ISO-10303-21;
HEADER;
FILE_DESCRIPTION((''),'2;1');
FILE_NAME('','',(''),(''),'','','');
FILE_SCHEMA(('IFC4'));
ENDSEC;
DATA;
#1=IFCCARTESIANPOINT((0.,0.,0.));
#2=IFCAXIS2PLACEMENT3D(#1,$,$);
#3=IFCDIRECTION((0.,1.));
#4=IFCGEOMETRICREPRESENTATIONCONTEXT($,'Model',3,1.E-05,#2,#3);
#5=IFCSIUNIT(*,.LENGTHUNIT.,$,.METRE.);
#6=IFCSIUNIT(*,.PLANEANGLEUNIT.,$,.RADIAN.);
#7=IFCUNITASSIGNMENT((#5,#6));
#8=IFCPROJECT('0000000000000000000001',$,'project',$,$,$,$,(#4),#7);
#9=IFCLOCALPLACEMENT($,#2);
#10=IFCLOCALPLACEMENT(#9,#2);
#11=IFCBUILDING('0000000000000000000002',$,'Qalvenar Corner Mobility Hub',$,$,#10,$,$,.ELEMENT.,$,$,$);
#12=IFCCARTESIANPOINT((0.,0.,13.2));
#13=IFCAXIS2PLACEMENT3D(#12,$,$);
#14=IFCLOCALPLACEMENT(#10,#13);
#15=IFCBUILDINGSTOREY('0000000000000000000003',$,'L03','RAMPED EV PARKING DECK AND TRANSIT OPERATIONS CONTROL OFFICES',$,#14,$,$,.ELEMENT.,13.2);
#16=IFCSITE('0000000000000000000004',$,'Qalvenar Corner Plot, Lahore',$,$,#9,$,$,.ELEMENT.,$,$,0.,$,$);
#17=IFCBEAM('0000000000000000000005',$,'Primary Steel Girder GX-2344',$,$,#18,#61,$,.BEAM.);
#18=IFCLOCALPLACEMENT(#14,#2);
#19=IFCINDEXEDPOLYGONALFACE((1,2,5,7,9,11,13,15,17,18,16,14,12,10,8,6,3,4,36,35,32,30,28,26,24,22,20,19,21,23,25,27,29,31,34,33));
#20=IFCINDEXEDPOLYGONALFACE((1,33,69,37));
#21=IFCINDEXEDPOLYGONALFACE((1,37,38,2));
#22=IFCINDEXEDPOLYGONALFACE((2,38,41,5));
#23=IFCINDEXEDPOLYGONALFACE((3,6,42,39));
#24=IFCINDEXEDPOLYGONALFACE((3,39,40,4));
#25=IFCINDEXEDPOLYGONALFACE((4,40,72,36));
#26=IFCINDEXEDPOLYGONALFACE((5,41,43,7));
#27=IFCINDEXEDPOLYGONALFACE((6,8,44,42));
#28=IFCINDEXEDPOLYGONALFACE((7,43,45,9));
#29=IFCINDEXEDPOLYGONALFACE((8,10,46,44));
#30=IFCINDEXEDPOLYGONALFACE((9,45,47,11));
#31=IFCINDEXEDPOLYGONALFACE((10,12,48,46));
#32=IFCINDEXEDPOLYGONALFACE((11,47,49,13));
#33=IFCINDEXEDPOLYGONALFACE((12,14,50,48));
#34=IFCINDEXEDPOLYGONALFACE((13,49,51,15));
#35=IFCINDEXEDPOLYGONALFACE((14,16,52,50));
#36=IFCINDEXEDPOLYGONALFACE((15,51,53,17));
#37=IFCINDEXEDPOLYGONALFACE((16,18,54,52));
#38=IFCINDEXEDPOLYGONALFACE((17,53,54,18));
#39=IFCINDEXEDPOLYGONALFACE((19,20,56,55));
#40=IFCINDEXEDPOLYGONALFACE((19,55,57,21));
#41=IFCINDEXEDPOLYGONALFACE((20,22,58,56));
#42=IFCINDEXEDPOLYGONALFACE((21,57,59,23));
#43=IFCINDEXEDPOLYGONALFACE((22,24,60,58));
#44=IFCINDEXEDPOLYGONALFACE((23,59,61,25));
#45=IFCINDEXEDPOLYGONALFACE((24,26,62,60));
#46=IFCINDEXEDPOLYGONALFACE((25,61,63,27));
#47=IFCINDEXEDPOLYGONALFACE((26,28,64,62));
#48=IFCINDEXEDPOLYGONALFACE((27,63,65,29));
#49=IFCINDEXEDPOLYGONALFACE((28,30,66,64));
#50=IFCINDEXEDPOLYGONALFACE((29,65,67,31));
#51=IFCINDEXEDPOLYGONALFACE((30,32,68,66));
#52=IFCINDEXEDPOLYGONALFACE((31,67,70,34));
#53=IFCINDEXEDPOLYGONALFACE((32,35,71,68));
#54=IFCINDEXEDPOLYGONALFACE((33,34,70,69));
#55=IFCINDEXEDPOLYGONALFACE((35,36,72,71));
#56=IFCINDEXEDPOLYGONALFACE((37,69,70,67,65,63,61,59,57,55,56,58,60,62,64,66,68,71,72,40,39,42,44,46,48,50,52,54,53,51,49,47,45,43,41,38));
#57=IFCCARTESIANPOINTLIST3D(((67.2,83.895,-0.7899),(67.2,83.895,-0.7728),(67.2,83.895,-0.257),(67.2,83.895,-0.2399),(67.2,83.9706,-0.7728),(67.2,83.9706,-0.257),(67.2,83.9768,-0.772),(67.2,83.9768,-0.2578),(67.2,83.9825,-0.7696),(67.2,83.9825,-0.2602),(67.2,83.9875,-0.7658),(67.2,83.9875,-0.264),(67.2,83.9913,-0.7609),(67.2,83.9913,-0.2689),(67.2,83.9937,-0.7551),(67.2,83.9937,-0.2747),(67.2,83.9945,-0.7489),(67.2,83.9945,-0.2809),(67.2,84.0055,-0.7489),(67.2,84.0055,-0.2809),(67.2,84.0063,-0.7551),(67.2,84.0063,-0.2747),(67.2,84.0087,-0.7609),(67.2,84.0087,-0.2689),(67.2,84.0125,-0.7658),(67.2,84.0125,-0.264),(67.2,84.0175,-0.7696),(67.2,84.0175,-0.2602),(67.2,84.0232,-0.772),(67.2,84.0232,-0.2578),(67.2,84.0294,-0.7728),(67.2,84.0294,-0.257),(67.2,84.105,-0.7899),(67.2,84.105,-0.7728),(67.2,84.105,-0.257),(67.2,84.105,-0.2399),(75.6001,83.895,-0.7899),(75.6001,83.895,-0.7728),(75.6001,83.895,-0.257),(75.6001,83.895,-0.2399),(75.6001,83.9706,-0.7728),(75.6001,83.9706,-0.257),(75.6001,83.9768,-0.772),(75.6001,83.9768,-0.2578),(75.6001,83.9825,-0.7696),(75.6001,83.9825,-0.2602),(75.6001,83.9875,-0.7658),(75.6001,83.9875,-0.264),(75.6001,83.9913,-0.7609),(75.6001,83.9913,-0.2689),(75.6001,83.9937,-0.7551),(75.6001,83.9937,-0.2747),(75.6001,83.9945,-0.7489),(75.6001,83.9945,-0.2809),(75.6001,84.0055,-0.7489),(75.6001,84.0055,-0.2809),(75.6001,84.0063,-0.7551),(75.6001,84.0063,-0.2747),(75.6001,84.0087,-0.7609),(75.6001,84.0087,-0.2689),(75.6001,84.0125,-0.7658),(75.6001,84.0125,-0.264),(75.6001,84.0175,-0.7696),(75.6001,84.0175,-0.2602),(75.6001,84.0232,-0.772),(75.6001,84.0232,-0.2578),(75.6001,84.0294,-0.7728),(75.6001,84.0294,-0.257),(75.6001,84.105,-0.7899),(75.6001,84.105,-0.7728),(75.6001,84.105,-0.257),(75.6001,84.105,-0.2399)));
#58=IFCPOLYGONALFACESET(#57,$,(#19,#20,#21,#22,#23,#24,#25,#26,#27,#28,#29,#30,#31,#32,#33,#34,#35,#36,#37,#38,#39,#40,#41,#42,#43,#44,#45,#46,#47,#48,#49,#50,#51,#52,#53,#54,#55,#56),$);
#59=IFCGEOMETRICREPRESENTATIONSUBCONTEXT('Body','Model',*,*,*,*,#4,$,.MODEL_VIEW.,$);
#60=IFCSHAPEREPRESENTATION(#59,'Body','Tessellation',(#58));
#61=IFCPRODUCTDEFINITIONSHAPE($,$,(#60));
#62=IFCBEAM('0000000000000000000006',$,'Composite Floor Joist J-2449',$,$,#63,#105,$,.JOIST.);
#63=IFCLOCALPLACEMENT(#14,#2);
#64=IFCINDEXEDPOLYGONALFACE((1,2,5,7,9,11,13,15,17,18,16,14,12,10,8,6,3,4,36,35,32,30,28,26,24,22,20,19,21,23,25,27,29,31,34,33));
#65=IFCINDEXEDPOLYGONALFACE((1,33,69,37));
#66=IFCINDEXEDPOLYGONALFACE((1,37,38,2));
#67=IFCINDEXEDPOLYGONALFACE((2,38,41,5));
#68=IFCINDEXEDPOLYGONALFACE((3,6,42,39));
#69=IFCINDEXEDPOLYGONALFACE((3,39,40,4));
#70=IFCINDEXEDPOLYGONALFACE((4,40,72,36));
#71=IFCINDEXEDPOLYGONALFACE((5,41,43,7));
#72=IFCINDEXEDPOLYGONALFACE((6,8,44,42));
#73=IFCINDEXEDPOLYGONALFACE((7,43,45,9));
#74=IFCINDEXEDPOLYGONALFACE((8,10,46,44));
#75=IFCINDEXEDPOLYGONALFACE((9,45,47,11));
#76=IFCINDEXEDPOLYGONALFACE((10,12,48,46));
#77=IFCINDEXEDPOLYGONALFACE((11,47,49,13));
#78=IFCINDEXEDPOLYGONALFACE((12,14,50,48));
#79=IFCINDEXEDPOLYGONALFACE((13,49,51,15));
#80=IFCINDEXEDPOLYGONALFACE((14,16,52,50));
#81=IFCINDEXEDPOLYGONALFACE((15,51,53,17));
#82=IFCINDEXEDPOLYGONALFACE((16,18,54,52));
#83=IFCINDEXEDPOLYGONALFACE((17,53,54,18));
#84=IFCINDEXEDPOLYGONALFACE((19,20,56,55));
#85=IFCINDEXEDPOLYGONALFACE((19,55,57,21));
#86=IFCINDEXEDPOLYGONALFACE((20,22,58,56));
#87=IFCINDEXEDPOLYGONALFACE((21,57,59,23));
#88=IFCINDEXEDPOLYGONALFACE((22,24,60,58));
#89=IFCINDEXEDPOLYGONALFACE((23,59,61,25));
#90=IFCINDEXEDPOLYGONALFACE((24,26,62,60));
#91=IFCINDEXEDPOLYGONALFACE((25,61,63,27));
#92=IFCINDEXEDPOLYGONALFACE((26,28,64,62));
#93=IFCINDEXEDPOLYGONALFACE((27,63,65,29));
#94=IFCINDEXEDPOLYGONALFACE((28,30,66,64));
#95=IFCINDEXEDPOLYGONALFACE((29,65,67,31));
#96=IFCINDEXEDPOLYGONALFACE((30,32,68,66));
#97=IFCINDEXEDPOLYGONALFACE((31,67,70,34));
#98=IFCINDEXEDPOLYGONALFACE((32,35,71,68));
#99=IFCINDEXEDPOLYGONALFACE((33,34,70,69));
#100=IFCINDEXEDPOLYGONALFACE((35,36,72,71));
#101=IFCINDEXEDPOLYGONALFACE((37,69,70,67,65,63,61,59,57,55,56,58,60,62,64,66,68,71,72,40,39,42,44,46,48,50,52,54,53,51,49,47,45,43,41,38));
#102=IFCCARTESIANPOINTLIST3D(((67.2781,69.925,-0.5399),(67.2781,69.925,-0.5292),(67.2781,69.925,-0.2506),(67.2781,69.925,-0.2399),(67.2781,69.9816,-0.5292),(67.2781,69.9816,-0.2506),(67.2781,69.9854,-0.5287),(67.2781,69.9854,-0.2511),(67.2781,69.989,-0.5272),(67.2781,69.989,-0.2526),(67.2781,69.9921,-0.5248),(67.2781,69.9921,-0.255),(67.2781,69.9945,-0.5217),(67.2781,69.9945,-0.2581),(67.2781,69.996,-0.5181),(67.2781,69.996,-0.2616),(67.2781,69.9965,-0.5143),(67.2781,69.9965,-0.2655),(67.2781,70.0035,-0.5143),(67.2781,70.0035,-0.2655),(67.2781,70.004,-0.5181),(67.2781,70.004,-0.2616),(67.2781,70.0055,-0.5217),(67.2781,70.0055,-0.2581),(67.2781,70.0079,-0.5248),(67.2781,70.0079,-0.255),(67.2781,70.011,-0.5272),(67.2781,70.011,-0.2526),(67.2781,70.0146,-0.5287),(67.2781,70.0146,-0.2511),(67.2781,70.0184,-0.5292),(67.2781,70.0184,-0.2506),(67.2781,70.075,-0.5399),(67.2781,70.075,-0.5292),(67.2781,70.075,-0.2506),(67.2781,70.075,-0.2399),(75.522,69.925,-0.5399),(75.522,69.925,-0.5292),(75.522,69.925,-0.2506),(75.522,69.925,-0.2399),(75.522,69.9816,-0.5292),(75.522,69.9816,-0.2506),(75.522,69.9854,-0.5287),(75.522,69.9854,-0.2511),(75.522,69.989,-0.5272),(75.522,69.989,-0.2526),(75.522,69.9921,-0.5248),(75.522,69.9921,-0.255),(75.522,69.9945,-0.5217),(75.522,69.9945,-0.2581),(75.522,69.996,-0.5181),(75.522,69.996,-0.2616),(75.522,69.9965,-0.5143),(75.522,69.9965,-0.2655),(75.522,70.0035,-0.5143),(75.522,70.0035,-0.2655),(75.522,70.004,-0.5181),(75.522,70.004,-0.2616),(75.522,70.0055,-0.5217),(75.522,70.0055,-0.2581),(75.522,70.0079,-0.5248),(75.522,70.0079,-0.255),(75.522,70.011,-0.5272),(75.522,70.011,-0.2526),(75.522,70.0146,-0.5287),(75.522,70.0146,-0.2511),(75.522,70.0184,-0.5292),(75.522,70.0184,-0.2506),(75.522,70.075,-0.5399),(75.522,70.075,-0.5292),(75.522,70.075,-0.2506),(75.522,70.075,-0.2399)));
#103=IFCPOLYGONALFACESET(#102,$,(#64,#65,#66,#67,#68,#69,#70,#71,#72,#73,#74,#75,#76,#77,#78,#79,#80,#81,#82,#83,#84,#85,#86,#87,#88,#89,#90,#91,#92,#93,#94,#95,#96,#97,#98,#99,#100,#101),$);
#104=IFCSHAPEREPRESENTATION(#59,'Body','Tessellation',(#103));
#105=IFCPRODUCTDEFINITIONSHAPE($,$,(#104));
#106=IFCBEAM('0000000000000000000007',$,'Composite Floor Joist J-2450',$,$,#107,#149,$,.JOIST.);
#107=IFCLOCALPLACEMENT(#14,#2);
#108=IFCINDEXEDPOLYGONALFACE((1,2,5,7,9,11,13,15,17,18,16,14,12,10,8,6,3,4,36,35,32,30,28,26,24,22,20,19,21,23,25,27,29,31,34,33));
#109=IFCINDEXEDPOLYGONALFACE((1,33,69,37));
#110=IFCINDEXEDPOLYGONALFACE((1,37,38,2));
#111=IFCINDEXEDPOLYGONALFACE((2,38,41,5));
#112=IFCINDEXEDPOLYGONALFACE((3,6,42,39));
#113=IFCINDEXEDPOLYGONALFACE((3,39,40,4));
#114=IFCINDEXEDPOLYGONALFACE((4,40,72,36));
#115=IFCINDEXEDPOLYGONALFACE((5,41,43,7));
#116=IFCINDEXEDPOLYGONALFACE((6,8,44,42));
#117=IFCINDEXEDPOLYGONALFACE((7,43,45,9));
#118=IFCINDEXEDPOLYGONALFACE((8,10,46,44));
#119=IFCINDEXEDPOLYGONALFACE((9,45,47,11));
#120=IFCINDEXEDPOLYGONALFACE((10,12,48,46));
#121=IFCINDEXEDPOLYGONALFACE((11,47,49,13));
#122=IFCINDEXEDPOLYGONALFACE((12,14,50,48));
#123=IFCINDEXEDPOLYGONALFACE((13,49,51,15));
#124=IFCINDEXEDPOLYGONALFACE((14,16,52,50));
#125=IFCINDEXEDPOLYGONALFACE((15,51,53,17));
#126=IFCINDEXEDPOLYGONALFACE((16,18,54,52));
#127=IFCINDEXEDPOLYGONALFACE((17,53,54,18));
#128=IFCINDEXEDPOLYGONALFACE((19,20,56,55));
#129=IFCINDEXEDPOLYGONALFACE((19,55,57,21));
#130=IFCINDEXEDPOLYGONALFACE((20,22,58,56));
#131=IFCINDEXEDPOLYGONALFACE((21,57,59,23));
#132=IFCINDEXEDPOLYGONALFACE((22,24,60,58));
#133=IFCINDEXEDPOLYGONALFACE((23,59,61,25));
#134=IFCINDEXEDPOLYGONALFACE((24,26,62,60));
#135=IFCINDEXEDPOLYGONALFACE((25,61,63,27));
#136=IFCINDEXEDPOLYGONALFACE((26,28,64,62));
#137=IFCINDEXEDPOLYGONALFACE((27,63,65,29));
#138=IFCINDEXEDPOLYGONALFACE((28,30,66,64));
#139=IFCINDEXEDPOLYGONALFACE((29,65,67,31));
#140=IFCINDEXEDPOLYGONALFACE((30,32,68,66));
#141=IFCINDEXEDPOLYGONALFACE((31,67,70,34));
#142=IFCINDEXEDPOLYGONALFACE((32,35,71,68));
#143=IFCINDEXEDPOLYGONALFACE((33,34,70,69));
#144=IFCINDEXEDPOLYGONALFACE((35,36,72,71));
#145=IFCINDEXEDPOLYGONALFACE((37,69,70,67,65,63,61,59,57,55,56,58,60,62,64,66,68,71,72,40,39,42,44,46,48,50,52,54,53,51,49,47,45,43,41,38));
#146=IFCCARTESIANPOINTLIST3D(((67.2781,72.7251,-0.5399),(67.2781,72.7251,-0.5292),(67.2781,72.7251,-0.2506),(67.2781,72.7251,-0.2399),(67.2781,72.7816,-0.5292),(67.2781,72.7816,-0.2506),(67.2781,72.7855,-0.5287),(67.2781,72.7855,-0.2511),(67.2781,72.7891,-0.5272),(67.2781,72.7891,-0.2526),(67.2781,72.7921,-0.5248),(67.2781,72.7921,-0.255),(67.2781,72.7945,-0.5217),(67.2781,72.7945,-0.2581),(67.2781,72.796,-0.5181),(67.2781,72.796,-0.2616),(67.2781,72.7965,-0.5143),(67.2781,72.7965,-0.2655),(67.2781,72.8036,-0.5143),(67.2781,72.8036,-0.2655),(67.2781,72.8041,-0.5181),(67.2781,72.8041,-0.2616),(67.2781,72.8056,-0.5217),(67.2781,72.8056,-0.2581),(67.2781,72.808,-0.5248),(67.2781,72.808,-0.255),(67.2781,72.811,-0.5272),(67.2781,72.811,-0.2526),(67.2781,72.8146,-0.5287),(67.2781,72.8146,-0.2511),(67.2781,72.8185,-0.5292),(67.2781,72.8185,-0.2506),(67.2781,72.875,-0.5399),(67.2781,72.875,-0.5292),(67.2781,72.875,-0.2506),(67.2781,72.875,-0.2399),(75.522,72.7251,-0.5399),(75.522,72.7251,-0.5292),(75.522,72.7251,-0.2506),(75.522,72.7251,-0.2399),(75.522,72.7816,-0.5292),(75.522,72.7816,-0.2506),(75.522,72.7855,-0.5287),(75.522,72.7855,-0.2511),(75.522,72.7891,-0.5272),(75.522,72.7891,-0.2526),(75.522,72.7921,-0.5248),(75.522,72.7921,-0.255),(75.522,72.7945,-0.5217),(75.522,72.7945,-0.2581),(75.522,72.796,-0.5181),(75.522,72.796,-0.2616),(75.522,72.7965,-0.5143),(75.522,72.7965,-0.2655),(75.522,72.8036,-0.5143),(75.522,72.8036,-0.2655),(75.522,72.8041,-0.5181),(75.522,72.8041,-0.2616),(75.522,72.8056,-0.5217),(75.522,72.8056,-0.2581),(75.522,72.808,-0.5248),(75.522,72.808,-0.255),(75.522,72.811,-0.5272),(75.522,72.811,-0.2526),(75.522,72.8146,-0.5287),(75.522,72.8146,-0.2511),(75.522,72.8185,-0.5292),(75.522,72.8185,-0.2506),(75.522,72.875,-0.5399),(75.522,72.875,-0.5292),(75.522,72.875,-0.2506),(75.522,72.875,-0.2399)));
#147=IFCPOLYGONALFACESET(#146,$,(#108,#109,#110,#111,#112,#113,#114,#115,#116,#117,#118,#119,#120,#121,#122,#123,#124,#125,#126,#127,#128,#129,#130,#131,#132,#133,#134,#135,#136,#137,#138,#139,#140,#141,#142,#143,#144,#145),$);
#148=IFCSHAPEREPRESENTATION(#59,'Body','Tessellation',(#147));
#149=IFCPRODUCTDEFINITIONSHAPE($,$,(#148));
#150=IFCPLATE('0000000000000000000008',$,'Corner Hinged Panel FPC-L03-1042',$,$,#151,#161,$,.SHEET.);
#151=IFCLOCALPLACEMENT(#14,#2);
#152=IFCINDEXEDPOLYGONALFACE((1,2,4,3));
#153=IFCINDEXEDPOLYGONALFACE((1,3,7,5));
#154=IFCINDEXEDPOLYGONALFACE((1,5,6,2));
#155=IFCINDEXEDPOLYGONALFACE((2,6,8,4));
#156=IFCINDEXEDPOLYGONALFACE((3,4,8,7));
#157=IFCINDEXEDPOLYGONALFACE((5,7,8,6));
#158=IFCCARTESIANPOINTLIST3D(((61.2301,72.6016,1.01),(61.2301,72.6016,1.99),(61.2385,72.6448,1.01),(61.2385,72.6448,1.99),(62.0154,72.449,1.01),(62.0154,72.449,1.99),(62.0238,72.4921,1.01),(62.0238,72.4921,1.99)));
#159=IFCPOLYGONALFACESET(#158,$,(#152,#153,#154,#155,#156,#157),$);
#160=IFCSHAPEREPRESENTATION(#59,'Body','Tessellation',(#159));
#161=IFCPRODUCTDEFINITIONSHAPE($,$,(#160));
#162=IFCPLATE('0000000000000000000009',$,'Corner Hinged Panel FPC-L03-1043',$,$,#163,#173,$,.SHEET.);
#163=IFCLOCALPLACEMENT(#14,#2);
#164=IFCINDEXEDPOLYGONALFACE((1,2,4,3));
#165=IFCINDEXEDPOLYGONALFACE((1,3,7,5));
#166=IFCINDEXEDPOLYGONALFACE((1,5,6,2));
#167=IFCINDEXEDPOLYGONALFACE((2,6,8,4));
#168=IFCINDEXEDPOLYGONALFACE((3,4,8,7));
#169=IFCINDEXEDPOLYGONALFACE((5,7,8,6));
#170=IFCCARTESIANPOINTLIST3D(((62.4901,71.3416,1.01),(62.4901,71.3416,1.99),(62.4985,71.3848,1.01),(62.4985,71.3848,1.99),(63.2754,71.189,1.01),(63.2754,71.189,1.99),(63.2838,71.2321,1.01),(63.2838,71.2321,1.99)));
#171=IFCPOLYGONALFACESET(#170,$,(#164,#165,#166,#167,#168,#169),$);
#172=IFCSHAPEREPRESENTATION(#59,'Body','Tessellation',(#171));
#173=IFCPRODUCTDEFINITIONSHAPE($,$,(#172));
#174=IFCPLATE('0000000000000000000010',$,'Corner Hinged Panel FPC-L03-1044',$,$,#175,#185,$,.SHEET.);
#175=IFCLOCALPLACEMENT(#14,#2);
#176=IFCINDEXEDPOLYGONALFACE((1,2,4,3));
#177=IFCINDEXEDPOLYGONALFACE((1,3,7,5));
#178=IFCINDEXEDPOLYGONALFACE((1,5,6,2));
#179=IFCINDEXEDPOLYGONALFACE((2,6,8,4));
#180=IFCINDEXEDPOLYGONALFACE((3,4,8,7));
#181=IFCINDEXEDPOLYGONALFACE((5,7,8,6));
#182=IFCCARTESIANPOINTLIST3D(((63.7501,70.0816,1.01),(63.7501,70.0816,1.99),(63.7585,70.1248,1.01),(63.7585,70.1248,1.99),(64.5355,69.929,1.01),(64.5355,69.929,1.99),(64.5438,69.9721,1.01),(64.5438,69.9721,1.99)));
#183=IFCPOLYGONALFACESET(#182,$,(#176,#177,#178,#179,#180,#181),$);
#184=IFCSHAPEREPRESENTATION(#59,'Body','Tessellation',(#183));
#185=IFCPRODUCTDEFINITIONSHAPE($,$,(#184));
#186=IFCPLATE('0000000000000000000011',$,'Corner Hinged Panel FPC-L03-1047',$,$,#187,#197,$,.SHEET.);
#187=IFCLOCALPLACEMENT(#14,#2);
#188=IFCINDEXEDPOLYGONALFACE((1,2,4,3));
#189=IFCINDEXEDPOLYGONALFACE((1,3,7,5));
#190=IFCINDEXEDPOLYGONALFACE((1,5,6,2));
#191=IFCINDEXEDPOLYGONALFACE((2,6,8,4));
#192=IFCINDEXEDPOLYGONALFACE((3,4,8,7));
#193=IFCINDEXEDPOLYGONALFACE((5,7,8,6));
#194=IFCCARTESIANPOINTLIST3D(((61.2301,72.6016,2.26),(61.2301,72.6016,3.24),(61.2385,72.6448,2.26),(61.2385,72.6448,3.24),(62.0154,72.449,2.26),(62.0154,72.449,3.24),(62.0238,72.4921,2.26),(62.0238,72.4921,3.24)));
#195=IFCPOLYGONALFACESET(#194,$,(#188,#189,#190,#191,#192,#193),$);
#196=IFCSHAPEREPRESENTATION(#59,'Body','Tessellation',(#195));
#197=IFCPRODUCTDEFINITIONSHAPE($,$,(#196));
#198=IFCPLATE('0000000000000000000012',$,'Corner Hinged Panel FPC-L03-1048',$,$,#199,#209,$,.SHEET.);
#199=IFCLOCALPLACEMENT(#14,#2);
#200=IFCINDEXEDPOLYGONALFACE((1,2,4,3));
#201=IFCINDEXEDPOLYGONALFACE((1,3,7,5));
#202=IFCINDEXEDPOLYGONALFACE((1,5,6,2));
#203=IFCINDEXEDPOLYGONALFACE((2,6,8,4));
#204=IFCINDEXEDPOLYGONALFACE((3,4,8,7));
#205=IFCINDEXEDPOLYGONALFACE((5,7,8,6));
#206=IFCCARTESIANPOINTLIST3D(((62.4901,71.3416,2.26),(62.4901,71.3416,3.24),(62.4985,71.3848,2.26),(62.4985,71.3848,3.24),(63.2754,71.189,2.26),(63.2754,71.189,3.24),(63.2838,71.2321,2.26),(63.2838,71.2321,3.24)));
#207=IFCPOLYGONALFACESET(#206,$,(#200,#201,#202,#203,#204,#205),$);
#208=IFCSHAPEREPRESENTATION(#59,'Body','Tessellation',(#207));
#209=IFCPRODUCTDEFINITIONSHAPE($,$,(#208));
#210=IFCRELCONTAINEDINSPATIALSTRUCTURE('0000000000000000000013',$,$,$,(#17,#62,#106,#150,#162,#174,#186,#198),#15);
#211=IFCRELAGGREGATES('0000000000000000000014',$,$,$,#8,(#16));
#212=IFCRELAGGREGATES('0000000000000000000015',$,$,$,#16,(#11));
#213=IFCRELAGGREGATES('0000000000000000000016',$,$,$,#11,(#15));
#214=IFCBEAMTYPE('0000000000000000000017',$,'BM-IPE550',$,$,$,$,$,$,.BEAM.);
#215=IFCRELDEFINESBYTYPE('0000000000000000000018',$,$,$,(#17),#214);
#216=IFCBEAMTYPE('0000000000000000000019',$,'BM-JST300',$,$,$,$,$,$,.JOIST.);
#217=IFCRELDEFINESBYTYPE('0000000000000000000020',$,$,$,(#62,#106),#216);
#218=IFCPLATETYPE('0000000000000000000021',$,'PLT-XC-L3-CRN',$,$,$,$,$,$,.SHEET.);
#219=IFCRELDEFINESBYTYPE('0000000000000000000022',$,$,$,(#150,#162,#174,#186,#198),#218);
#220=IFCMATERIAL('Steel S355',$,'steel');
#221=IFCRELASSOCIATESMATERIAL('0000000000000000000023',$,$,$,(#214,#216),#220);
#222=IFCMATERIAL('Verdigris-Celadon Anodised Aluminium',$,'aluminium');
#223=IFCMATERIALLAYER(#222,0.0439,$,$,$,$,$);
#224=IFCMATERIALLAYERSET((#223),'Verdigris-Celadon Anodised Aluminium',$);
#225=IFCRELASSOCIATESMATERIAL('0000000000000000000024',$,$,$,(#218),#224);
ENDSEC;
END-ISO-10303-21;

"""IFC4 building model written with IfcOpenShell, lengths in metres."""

from ifc_helpers import new_model, si_unit, direction, frame, origin, origin_2d, place, context, subcontext, project, spatial, rectangle, i_section, extrude, material, layer, layer_set, material_profile, profile_set, type_object, element, save


model = new_model("IFC4")

# Units and contexts
model_context = context("Model", 3, precision=1e-05, world=origin(), true_north=direction((0.0, 1.0)))
body_context = subcontext(model_context, "Body", "Model", "MODEL_VIEW")
ifc_project = project(units=[si_unit("LENGTHUNIT", "METRE"), si_unit("PLANEANGLEUNIT", "RADIAN")], contexts=[model_context])

# Site, building, storey
site_placement = place(None, origin())
site = spatial("IfcSite", under=ifc_project, at=site_placement, Name="Qalvenar Corner Plot, Lahore", CompositionType="ELEMENT", RefElevation=0.0)
building_placement = place(site_placement, origin())
building = spatial("IfcBuilding", under=site, at=building_placement, Name="Qalvenar Corner Mobility Hub", CompositionType="ELEMENT")
storey_placement = place(building_placement, frame((0.0, 0.0, 13.2)))
storey = spatial("IfcBuildingStorey", under=building, at=storey_placement, Name="L03", Description="RAMPED EV PARKING DECK AND TRANSIT OPERATIONS CONTROL OFFICES", CompositionType="ELEMENT", Elevation=13.2)

# Shared definitions
ifc_material_1 = material(Name="Steel S355", Category="steel")

# Beams
ifc_material_profile_1 = material_profile(ifc_material_1, i_section(OverallWidth=0.21, OverallDepth=0.55, WebThickness=0.011, FlangeThickness=0.0171, FilletRadius=0.0239, at=origin_2d()), Name="IPE550")
ifc_profile_set_1 = profile_set([ifc_material_profile_1], Name="Steel S355")
beam_type_1 = type_object("IfcBeamType", Name="BM-IPE550", PredefinedType="BEAM", material=ifc_profile_set_1)
for number, where, z_axis, x_axis, name in (
    (1, (67.2, 84.0, -0.5149), (1.0, 0.0, 0.0), (0.0, 1.0, 0.0), "Primary Steel Girder GX-2344"),
):
    element("IfcBeam", number, at=place(storey_placement, frame(where, z_axis=z_axis, x_axis=x_axis)), inside=storey, type_object=beam_type_1, Name=name, PredefinedType="BEAM", context=body_context, shape_type="SweptSolid", body=[
        extrude(i_section(OverallWidth=0.21, OverallDepth=0.55, WebThickness=0.011, FlangeThickness=0.0171, FilletRadius=0.0239, at=origin_2d()), origin(), (0.0, 0.0, 1.0), 8.4001),
    ])
ifc_material_profile_2 = material_profile(ifc_material_1, i_section(OverallWidth=0.1499, OverallDepth=0.3, WebThickness=0.0071, FlangeThickness=0.0107, FilletRadius=0.0149, at=origin_2d()), Name="IPE300")
ifc_profile_set_2 = profile_set([ifc_material_profile_2], Name="Steel S355")
beam_type_2 = type_object("IfcBeamType", Name="BM-JST300", PredefinedType="JOIST", material=ifc_profile_set_2)
for number, where, z_axis, x_axis, name in (
    (2, (67.2781, 70.0, -0.3899), (1.0, 0.0, 0.0), (0.0, 1.0, 0.0), "Composite Floor Joist J-2449"),
    (3, (67.2781, 72.8, -0.3899), (1.0, 0.0, 0.0), (0.0, 1.0, 0.0), "Composite Floor Joist J-2450"),
):
    element("IfcBeam", number, at=place(storey_placement, frame(where, z_axis=z_axis, x_axis=x_axis)), inside=storey, type_object=beam_type_2, Name=name, PredefinedType="JOIST", context=body_context, shape_type="SweptSolid", body=[
        extrude(i_section(OverallWidth=0.1499, OverallDepth=0.3, WebThickness=0.0071, FlangeThickness=0.0107, FilletRadius=0.0149, at=origin_2d()), origin(), (0.0, 0.0, 1.0), 8.2439),
    ])

# Plates
ifc_material_2 = material(Name="Verdigris-Celadon Anodised Aluminium", Category="aluminium")
ifc_layer_1 = layer(ifc_material_2, 0.0439)
ifc_layer_set_1 = layer_set([ifc_layer_1], Name="Verdigris-Celadon Anodised Aluminium")
plate_type = type_object("IfcPlateType", Name="PLT-XC-L3-CRN", PredefinedType="SHEET", material=ifc_layer_set_1)
for number, where, z_axis, x_axis, name in (
    (4, (61.627, 72.5469, 1.01), (0.0, 0.0, 1.0), (0.981627, -0.190809, 0.0), "Corner Hinged Panel FPC-L03-1042"),
    (5, (62.887, 71.2869, 1.01), (0.0, 0.0, 1.0), (0.981627, -0.190809, 0.0), "Corner Hinged Panel FPC-L03-1043"),
    (6, (64.147, 70.0269, 1.01), (0.0, 0.0, 1.0), (0.981627, -0.190809, 0.0), "Corner Hinged Panel FPC-L03-1044"),
    (7, (61.627, 72.5469, 2.26), (0.0, 0.0, 1.0), (0.981627, -0.190809, 0.0), "Corner Hinged Panel FPC-L03-1047"),
    (8, (62.887, 71.2869, 2.26), (0.0, 0.0, 1.0), (0.981627, -0.190809, 0.0), "Corner Hinged Panel FPC-L03-1048"),
):
    element("IfcPlate", number, at=place(storey_placement, frame(where, z_axis=z_axis, x_axis=x_axis)), inside=storey, type_object=plate_type, Name=name, PredefinedType="SHEET", context=body_context, shape_type="SweptSolid", body=[
        extrude(rectangle(XDim=0.8, YDim=0.0439, at=origin_2d()), origin(), (0.0, 0.0, 1.0), 0.98),
    ])

save(model, "model.ifc")
